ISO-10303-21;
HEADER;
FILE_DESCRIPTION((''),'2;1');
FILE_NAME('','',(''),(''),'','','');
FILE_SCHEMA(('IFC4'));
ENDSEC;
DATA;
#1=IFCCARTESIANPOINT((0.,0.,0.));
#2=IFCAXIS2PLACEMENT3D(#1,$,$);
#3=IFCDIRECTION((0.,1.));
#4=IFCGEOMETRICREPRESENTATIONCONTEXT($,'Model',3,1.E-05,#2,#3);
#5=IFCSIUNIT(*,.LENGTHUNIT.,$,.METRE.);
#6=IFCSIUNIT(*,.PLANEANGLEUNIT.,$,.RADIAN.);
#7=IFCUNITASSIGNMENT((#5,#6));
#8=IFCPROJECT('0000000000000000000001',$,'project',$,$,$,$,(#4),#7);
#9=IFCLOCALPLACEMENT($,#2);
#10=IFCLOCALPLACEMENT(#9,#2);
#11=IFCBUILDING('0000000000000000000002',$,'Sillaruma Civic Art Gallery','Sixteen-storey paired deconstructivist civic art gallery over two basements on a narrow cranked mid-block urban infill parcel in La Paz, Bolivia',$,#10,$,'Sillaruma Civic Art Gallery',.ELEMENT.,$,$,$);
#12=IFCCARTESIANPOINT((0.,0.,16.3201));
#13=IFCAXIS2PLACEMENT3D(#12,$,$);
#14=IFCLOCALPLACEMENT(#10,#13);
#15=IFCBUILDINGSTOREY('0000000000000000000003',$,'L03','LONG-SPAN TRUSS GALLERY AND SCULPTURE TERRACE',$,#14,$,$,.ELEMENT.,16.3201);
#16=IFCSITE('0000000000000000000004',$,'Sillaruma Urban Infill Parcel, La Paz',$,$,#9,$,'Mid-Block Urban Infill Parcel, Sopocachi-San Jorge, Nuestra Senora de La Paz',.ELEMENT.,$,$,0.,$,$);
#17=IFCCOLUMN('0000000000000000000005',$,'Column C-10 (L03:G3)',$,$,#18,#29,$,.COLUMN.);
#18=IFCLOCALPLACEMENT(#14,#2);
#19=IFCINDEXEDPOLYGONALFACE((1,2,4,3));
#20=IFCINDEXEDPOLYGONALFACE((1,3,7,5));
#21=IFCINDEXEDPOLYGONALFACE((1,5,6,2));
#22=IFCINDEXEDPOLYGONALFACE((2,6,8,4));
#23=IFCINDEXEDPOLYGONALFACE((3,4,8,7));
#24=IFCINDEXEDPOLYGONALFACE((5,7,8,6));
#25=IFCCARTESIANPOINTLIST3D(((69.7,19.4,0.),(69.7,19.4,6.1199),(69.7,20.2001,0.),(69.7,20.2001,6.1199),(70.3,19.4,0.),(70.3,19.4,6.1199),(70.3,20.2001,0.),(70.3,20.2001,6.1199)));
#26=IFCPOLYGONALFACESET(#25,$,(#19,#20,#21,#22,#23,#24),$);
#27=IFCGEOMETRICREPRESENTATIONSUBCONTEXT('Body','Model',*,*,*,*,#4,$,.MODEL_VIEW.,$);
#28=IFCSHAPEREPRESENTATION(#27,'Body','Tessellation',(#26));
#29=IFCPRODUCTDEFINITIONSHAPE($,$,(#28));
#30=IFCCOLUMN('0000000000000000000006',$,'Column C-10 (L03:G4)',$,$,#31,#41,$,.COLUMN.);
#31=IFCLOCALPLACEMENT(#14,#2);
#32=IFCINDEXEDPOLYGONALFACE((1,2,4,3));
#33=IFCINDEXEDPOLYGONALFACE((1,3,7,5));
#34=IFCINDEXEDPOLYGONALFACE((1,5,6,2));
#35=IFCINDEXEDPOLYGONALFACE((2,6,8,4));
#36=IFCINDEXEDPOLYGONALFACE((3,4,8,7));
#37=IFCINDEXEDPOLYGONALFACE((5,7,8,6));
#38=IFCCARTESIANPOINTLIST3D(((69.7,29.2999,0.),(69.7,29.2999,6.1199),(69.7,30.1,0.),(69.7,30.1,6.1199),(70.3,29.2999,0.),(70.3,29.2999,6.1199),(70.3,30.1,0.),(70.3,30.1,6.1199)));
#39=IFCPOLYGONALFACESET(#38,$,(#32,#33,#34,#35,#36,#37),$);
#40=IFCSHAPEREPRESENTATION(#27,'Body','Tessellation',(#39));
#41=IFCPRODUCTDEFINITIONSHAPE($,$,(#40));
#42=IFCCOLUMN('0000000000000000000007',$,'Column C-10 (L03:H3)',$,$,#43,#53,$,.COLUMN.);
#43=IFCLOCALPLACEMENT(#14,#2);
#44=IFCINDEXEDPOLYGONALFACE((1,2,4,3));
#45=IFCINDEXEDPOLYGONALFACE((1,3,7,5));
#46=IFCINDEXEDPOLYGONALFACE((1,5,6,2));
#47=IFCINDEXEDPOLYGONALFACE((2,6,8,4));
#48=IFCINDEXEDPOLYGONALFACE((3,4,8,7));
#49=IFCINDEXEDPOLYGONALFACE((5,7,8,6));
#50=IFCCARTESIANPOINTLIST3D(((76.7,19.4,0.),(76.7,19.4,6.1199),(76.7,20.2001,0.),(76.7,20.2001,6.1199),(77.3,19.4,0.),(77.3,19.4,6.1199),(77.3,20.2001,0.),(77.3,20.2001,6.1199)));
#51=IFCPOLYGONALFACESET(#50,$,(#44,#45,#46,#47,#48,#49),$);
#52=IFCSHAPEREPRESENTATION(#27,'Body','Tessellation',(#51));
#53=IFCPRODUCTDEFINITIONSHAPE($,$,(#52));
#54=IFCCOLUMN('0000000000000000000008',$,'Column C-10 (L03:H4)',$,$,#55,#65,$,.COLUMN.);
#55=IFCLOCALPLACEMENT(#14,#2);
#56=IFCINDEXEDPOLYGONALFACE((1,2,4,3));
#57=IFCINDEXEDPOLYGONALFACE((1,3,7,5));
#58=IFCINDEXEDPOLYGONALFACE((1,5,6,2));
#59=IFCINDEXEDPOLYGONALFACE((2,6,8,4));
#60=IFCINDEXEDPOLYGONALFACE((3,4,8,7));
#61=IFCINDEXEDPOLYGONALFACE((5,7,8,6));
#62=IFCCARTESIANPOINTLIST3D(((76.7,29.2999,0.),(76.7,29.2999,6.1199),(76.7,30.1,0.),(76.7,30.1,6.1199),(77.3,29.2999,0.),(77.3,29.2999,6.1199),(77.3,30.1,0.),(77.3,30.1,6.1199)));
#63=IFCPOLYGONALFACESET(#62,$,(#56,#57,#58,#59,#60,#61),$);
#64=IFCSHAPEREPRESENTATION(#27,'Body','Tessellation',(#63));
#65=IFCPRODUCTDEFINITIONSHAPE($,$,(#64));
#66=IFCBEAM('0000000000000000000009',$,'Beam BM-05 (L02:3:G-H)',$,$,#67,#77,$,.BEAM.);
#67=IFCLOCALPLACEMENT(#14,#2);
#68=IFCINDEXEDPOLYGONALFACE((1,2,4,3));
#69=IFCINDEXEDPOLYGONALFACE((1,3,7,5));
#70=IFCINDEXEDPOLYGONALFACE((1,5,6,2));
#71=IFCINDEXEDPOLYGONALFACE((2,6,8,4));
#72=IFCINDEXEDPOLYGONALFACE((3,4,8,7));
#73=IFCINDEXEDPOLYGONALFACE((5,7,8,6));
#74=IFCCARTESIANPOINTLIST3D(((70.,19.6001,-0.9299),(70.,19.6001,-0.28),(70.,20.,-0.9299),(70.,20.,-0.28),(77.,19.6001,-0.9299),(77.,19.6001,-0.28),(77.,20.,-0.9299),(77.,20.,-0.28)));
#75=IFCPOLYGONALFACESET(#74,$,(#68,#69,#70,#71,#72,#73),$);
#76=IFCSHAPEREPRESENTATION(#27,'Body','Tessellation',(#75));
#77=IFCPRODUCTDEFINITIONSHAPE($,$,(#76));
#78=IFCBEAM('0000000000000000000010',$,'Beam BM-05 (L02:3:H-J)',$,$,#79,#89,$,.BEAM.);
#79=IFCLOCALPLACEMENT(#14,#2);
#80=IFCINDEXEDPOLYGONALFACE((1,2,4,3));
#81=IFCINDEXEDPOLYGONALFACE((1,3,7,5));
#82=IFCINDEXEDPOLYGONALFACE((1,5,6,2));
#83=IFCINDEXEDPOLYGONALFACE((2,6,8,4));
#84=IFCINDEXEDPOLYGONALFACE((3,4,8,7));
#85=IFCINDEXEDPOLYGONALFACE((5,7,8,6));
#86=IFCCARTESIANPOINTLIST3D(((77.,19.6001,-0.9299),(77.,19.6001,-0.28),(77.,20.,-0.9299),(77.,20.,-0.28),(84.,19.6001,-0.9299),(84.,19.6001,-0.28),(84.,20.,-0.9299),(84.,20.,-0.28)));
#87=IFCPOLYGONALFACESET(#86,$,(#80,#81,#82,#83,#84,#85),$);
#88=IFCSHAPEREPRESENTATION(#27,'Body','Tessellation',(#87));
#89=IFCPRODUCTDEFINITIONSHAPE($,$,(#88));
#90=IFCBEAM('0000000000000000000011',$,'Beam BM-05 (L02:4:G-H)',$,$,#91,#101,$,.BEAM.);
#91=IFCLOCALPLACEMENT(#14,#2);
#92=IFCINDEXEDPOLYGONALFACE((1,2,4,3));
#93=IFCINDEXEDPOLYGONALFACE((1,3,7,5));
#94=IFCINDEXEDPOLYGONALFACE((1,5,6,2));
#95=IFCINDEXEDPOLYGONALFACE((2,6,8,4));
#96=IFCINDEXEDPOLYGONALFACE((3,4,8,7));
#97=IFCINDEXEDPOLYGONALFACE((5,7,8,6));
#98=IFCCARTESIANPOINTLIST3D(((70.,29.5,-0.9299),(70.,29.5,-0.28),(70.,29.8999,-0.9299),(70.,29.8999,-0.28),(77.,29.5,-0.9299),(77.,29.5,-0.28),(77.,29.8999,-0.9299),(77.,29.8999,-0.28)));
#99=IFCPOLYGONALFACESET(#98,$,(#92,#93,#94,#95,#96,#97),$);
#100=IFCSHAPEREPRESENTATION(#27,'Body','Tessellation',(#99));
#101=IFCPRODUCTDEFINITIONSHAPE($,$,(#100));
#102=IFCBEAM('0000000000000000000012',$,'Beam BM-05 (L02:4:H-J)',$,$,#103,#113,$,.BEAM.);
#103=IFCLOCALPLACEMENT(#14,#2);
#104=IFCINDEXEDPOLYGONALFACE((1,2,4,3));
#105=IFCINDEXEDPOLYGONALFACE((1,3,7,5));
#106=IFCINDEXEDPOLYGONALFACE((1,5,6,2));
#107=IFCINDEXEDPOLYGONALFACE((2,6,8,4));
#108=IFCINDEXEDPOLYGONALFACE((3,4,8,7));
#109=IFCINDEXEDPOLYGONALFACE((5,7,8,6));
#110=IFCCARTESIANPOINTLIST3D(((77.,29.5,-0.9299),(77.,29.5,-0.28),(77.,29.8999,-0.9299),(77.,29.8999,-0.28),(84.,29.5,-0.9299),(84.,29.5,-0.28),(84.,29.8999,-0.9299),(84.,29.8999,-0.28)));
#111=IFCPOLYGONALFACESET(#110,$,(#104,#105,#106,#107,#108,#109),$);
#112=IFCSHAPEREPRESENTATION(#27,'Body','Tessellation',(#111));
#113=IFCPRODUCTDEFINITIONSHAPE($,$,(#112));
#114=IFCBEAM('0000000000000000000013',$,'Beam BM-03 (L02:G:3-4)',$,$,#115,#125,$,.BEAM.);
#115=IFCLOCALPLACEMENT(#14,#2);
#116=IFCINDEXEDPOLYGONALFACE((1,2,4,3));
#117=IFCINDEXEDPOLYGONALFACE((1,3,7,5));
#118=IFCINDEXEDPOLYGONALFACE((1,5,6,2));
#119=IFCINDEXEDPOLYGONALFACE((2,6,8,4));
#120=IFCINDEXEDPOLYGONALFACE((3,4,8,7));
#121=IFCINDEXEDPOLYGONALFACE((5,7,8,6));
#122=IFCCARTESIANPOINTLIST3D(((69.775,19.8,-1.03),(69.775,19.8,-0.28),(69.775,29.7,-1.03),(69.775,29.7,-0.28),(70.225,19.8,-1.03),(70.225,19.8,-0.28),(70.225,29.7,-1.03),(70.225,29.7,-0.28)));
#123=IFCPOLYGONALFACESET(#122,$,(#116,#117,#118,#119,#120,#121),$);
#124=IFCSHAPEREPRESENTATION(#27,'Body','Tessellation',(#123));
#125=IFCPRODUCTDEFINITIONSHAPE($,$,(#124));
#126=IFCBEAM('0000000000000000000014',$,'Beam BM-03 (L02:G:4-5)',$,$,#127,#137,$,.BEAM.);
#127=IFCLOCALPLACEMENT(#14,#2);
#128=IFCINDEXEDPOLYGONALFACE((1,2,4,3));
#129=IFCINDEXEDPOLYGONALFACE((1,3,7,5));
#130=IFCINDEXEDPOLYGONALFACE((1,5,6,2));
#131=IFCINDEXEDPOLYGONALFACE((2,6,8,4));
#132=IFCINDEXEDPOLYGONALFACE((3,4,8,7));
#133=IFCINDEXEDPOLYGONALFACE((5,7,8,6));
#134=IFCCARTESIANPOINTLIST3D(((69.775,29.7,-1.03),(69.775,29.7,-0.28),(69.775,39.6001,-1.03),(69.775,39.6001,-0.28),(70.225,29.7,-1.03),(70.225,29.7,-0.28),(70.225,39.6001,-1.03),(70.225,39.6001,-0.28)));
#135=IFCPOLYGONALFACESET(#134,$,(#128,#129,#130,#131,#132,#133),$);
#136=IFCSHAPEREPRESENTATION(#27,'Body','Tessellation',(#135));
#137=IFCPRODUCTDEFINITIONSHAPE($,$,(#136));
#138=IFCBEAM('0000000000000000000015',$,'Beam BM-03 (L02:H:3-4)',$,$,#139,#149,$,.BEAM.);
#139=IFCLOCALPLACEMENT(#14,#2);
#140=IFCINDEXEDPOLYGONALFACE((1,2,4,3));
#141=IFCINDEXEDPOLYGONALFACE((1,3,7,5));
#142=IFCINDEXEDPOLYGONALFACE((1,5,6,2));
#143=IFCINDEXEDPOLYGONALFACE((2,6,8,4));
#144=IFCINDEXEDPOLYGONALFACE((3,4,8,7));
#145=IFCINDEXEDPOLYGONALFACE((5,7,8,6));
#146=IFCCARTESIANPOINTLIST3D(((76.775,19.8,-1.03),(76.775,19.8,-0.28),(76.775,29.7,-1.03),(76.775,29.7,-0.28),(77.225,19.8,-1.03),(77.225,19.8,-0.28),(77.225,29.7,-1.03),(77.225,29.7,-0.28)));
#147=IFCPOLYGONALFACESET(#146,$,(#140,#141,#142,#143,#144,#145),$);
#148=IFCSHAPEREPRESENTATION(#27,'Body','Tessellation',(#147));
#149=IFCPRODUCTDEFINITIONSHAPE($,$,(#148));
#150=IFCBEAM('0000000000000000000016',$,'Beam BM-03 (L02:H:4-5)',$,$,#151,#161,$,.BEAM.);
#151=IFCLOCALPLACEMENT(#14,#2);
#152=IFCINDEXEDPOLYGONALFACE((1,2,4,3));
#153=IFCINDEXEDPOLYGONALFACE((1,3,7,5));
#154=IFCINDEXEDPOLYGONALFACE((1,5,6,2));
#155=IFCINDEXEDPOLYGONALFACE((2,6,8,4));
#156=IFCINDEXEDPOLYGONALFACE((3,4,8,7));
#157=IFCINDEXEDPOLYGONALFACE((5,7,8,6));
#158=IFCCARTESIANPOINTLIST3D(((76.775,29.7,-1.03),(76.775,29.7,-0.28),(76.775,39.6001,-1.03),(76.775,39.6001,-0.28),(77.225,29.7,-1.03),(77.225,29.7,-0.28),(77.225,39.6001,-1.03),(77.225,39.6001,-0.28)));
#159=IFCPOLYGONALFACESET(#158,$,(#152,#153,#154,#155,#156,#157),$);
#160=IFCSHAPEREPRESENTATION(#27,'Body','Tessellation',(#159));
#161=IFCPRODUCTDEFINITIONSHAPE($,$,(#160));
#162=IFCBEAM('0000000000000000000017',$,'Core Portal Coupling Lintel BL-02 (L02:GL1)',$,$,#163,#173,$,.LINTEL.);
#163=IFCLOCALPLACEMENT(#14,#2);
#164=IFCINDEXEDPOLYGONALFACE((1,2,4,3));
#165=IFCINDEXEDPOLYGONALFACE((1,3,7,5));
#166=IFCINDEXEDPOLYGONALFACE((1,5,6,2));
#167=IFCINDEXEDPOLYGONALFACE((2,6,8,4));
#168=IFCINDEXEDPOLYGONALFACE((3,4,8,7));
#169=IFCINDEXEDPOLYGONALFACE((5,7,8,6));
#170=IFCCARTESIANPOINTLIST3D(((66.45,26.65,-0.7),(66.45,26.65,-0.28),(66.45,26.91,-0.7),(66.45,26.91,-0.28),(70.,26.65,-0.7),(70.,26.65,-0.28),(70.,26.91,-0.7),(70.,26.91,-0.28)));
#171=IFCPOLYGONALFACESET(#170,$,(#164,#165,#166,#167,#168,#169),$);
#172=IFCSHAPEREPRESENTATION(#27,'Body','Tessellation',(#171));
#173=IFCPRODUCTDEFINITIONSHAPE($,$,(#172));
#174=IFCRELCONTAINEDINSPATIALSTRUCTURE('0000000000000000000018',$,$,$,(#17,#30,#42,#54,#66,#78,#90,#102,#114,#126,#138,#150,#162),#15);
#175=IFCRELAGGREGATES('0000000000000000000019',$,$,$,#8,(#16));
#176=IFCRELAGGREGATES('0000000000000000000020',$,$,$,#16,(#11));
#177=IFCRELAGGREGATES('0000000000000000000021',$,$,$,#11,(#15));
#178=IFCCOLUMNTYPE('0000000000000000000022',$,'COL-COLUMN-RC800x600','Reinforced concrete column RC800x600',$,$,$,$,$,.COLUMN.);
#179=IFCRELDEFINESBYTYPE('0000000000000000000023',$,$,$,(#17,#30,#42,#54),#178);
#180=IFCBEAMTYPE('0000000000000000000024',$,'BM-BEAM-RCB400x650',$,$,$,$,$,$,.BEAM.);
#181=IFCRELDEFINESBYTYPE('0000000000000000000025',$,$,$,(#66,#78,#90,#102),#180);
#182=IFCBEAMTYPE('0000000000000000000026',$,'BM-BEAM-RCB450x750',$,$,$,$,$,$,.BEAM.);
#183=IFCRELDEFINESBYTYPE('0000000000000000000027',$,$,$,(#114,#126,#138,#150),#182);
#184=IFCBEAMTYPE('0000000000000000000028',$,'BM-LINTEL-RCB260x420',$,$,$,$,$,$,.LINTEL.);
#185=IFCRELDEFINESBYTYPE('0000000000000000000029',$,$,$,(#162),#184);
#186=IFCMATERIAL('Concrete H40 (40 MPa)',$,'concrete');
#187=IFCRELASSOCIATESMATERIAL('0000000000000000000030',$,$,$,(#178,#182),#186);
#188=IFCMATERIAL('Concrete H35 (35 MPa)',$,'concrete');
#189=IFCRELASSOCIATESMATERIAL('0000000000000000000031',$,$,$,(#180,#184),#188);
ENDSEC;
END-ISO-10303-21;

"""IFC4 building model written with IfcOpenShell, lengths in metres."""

from ifc_helpers import new_model, si_unit, direction, frame, origin, origin_2d, place, context, subcontext, project, spatial, rectangle, extrude, material, material_profile, profile_set, type_object, element, save


model = new_model("IFC4")

# Units and contexts
model_context = context("Model", 3, precision=1e-05, world=origin(), true_north=direction((0.0, 1.0)))
body_context = subcontext(model_context, "Body", "Model", "MODEL_VIEW")
ifc_project = project(units=[si_unit("LENGTHUNIT", "METRE"), si_unit("PLANEANGLEUNIT", "RADIAN")], contexts=[model_context])

# Site, building, storey
site_placement = place(None, origin())
site = spatial("IfcSite", under=ifc_project, at=site_placement, Name="Sillaruma Urban Infill Parcel, La Paz", LongName="Mid-Block Urban Infill Parcel, Sopocachi-San Jorge, Nuestra Senora de La Paz", CompositionType="ELEMENT", RefElevation=0.0)
building_placement = place(site_placement, origin())
building = spatial("IfcBuilding", under=site, at=building_placement, Name="Sillaruma Civic Art Gallery", Description="Sixteen-storey paired deconstructivist civic art gallery over two basements on a narrow cranked mid-block urban infill parcel in La Paz, Bolivia", LongName="Sillaruma Civic Art Gallery", CompositionType="ELEMENT")
storey_placement = place(building_placement, frame((0.0, 0.0, 16.3201)))
storey = spatial("IfcBuildingStorey", under=building, at=storey_placement, Name="L03", Description="LONG-SPAN TRUSS GALLERY AND SCULPTURE TERRACE", CompositionType="ELEMENT", Elevation=16.3201)

# Columns
ifc_material_1 = material(Name="Concrete H40 (40 MPa)", Category="concrete")
ifc_material_profile_1 = material_profile(ifc_material_1, rectangle(XDim=0.6001, YDim=0.8, at=origin_2d()), Name="RC800x600")
ifc_profile_set_1 = profile_set([ifc_material_profile_1], Name="Concrete H40 (40 MPa)")
column_type = type_object("IfcColumnType", Name="COL-COLUMN-RC800x600", Description="Reinforced concrete column RC800x600", PredefinedType="COLUMN", material=ifc_profile_set_1)
for number, where, z_axis, x_axis, name in (
    (1, (70.0, 19.8, 0.0), (0.0, 0.0, 1.0), (1.0, 0.0, 0.0), "Column C-10 (L03:G3)"),
    (2, (70.0, 29.7, 0.0), (0.0, 0.0, 1.0), (1.0, 0.0, 0.0), "Column C-10 (L03:G4)"),
    (3, (77.0, 19.8, 0.0), (0.0, 0.0, 1.0), (1.0, 0.0, 0.0), "Column C-10 (L03:H3)"),
    (4, (77.0, 29.7, 0.0), (0.0, 0.0, 1.0), (1.0, 0.0, 0.0), "Column C-10 (L03:H4)"),
):
    element("IfcColumn", number, at=place(storey_placement, frame(where, z_axis=z_axis, x_axis=x_axis)), inside=storey, type_object=column_type, Name=name, PredefinedType="COLUMN", context=body_context, shape_type="SweptSolid", body=[
        extrude(rectangle(XDim=0.6001, YDim=0.8, at=origin_2d()), origin(), (0.0, 0.0, 1.0), 6.1199),
    ])

# Beams
ifc_material_2 = material(Name="Concrete H35 (35 MPa)", Category="concrete")
ifc_material_profile_2 = material_profile(ifc_material_2, rectangle(XDim=0.3999, YDim=0.6499, at=origin_2d()), Name="RCB400x650")
ifc_profile_set_2 = profile_set([ifc_material_profile_2], Name="Concrete H35 (35 MPa)")
beam_type_1 = type_object("IfcBeamType", Name="BM-BEAM-RCB400x650", PredefinedType="BEAM", material=ifc_profile_set_2)
for number, where, z_axis, x_axis, name in (
    (5, (70.0, 19.8, -0.605), (1.0, 0.0, 0.0), (0.0, 1.0, 0.0), "Beam BM-05 (L02:3:G-H)"),
    (6, (77.0, 19.8, -0.605), (1.0, 0.0, 0.0), (0.0, 1.0, 0.0), "Beam BM-05 (L02:3:H-J)"),
    (7, (70.0, 29.7, -0.605), (1.0, 0.0, 0.0), (0.0, 1.0, 0.0), "Beam BM-05 (L02:4:G-H)"),
    (8, (77.0, 29.7, -0.605), (1.0, 0.0, 0.0), (0.0, 1.0, 0.0), "Beam BM-05 (L02:4:H-J)"),
):
    element("IfcBeam", number, at=place(storey_placement, frame(where, z_axis=z_axis, x_axis=x_axis)), inside=storey, type_object=beam_type_1, Name=name, PredefinedType="BEAM", context=body_context, shape_type="SweptSolid", body=[
        extrude(rectangle(XDim=0.3999, YDim=0.6499, at=origin_2d()), origin(), (0.0, 0.0, 1.0), 7.0),
    ])
ifc_material_profile_3 = material_profile(ifc_material_1, rectangle(XDim=0.45, YDim=0.75, at=origin_2d()), Name="RCB450x750")
ifc_profile_set_3 = profile_set([ifc_material_profile_3], Name="Concrete H40 (40 MPa)")
beam_type_2 = type_object("IfcBeamType", Name="BM-BEAM-RCB450x750", PredefinedType="BEAM", material=ifc_profile_set_3)
beam_1_placement = place(storey_placement, frame((70.0, 19.8, -0.655), z_axis=(0.0, 1.0, 0.0), x_axis=(-1.0, 0.0, 0.0)))
element("IfcBeam", 9, at=beam_1_placement, inside=storey, type_object=beam_type_2, Name="Beam BM-03 (L02:G:3-4)", PredefinedType="BEAM", context=body_context, shape_type="SweptSolid", body=[
    extrude(rectangle(XDim=0.45, YDim=0.75, at=origin_2d()), origin(), (0.0, 0.0, 1.0), 9.8999),
])
beam_2_placement = place(storey_placement, frame((70.0, 29.7, -0.655), z_axis=(0.0, 1.0, 0.0), x_axis=(-1.0, 0.0, 0.0)))
element("IfcBeam", 10, at=beam_2_placement, inside=storey, type_object=beam_type_2, Name="Beam BM-03 (L02:G:4-5)", PredefinedType="BEAM", context=body_context, shape_type="SweptSolid", body=[
    extrude(rectangle(XDim=0.45, YDim=0.75, at=origin_2d()), origin(), (0.0, 0.0, 1.0), 9.9001),
])
beam_3_placement = place(storey_placement, frame((77.0, 19.8, -0.655), z_axis=(0.0, 1.0, 0.0), x_axis=(-1.0, 0.0, 0.0)))
element("IfcBeam", 11, at=beam_3_placement, inside=storey, type_object=beam_type_2, Name="Beam BM-03 (L02:H:3-4)", PredefinedType="BEAM", context=body_context, shape_type="SweptSolid", body=[
    extrude(rectangle(XDim=0.45, YDim=0.75, at=origin_2d()), origin(), (0.0, 0.0, 1.0), 9.8999),
])
beam_4_placement = place(storey_placement, frame((77.0, 29.7, -0.655), z_axis=(0.0, 1.0, 0.0), x_axis=(-1.0, 0.0, 0.0)))
element("IfcBeam", 12, at=beam_4_placement, inside=storey, type_object=beam_type_2, Name="Beam BM-03 (L02:H:4-5)", PredefinedType="BEAM", context=body_context, shape_type="SweptSolid", body=[
    extrude(rectangle(XDim=0.45, YDim=0.75, at=origin_2d()), origin(), (0.0, 0.0, 1.0), 9.9001),
])
ifc_material_profile_4 = material_profile(ifc_material_2, rectangle(XDim=0.26, YDim=0.4199, at=origin_2d()), Name="RCB260x420")
ifc_profile_set_4 = profile_set([ifc_material_profile_4], Name="Concrete H35 (35 MPa)")
beam_type_3 = type_object("IfcBeamType", Name="BM-LINTEL-RCB260x420", PredefinedType="LINTEL", material=ifc_profile_set_4)
beam_5_placement = place(storey_placement, frame((66.45, 26.78, -0.49), z_axis=(1.0, 0.0, 0.0), x_axis=(0.0, 1.0, 0.0)))
element("IfcBeam", 13, at=beam_5_placement, inside=storey, type_object=beam_type_3, Name="Core Portal Coupling Lintel BL-02 (L02:GL1)", PredefinedType="LINTEL", context=body_context, shape_type="SweptSolid", body=[
    extrude(rectangle(XDim=0.26, YDim=0.4199, at=origin_2d()), origin(), (0.0, 0.0, 1.0), 3.55),
])

save(model, "model.ifc")
